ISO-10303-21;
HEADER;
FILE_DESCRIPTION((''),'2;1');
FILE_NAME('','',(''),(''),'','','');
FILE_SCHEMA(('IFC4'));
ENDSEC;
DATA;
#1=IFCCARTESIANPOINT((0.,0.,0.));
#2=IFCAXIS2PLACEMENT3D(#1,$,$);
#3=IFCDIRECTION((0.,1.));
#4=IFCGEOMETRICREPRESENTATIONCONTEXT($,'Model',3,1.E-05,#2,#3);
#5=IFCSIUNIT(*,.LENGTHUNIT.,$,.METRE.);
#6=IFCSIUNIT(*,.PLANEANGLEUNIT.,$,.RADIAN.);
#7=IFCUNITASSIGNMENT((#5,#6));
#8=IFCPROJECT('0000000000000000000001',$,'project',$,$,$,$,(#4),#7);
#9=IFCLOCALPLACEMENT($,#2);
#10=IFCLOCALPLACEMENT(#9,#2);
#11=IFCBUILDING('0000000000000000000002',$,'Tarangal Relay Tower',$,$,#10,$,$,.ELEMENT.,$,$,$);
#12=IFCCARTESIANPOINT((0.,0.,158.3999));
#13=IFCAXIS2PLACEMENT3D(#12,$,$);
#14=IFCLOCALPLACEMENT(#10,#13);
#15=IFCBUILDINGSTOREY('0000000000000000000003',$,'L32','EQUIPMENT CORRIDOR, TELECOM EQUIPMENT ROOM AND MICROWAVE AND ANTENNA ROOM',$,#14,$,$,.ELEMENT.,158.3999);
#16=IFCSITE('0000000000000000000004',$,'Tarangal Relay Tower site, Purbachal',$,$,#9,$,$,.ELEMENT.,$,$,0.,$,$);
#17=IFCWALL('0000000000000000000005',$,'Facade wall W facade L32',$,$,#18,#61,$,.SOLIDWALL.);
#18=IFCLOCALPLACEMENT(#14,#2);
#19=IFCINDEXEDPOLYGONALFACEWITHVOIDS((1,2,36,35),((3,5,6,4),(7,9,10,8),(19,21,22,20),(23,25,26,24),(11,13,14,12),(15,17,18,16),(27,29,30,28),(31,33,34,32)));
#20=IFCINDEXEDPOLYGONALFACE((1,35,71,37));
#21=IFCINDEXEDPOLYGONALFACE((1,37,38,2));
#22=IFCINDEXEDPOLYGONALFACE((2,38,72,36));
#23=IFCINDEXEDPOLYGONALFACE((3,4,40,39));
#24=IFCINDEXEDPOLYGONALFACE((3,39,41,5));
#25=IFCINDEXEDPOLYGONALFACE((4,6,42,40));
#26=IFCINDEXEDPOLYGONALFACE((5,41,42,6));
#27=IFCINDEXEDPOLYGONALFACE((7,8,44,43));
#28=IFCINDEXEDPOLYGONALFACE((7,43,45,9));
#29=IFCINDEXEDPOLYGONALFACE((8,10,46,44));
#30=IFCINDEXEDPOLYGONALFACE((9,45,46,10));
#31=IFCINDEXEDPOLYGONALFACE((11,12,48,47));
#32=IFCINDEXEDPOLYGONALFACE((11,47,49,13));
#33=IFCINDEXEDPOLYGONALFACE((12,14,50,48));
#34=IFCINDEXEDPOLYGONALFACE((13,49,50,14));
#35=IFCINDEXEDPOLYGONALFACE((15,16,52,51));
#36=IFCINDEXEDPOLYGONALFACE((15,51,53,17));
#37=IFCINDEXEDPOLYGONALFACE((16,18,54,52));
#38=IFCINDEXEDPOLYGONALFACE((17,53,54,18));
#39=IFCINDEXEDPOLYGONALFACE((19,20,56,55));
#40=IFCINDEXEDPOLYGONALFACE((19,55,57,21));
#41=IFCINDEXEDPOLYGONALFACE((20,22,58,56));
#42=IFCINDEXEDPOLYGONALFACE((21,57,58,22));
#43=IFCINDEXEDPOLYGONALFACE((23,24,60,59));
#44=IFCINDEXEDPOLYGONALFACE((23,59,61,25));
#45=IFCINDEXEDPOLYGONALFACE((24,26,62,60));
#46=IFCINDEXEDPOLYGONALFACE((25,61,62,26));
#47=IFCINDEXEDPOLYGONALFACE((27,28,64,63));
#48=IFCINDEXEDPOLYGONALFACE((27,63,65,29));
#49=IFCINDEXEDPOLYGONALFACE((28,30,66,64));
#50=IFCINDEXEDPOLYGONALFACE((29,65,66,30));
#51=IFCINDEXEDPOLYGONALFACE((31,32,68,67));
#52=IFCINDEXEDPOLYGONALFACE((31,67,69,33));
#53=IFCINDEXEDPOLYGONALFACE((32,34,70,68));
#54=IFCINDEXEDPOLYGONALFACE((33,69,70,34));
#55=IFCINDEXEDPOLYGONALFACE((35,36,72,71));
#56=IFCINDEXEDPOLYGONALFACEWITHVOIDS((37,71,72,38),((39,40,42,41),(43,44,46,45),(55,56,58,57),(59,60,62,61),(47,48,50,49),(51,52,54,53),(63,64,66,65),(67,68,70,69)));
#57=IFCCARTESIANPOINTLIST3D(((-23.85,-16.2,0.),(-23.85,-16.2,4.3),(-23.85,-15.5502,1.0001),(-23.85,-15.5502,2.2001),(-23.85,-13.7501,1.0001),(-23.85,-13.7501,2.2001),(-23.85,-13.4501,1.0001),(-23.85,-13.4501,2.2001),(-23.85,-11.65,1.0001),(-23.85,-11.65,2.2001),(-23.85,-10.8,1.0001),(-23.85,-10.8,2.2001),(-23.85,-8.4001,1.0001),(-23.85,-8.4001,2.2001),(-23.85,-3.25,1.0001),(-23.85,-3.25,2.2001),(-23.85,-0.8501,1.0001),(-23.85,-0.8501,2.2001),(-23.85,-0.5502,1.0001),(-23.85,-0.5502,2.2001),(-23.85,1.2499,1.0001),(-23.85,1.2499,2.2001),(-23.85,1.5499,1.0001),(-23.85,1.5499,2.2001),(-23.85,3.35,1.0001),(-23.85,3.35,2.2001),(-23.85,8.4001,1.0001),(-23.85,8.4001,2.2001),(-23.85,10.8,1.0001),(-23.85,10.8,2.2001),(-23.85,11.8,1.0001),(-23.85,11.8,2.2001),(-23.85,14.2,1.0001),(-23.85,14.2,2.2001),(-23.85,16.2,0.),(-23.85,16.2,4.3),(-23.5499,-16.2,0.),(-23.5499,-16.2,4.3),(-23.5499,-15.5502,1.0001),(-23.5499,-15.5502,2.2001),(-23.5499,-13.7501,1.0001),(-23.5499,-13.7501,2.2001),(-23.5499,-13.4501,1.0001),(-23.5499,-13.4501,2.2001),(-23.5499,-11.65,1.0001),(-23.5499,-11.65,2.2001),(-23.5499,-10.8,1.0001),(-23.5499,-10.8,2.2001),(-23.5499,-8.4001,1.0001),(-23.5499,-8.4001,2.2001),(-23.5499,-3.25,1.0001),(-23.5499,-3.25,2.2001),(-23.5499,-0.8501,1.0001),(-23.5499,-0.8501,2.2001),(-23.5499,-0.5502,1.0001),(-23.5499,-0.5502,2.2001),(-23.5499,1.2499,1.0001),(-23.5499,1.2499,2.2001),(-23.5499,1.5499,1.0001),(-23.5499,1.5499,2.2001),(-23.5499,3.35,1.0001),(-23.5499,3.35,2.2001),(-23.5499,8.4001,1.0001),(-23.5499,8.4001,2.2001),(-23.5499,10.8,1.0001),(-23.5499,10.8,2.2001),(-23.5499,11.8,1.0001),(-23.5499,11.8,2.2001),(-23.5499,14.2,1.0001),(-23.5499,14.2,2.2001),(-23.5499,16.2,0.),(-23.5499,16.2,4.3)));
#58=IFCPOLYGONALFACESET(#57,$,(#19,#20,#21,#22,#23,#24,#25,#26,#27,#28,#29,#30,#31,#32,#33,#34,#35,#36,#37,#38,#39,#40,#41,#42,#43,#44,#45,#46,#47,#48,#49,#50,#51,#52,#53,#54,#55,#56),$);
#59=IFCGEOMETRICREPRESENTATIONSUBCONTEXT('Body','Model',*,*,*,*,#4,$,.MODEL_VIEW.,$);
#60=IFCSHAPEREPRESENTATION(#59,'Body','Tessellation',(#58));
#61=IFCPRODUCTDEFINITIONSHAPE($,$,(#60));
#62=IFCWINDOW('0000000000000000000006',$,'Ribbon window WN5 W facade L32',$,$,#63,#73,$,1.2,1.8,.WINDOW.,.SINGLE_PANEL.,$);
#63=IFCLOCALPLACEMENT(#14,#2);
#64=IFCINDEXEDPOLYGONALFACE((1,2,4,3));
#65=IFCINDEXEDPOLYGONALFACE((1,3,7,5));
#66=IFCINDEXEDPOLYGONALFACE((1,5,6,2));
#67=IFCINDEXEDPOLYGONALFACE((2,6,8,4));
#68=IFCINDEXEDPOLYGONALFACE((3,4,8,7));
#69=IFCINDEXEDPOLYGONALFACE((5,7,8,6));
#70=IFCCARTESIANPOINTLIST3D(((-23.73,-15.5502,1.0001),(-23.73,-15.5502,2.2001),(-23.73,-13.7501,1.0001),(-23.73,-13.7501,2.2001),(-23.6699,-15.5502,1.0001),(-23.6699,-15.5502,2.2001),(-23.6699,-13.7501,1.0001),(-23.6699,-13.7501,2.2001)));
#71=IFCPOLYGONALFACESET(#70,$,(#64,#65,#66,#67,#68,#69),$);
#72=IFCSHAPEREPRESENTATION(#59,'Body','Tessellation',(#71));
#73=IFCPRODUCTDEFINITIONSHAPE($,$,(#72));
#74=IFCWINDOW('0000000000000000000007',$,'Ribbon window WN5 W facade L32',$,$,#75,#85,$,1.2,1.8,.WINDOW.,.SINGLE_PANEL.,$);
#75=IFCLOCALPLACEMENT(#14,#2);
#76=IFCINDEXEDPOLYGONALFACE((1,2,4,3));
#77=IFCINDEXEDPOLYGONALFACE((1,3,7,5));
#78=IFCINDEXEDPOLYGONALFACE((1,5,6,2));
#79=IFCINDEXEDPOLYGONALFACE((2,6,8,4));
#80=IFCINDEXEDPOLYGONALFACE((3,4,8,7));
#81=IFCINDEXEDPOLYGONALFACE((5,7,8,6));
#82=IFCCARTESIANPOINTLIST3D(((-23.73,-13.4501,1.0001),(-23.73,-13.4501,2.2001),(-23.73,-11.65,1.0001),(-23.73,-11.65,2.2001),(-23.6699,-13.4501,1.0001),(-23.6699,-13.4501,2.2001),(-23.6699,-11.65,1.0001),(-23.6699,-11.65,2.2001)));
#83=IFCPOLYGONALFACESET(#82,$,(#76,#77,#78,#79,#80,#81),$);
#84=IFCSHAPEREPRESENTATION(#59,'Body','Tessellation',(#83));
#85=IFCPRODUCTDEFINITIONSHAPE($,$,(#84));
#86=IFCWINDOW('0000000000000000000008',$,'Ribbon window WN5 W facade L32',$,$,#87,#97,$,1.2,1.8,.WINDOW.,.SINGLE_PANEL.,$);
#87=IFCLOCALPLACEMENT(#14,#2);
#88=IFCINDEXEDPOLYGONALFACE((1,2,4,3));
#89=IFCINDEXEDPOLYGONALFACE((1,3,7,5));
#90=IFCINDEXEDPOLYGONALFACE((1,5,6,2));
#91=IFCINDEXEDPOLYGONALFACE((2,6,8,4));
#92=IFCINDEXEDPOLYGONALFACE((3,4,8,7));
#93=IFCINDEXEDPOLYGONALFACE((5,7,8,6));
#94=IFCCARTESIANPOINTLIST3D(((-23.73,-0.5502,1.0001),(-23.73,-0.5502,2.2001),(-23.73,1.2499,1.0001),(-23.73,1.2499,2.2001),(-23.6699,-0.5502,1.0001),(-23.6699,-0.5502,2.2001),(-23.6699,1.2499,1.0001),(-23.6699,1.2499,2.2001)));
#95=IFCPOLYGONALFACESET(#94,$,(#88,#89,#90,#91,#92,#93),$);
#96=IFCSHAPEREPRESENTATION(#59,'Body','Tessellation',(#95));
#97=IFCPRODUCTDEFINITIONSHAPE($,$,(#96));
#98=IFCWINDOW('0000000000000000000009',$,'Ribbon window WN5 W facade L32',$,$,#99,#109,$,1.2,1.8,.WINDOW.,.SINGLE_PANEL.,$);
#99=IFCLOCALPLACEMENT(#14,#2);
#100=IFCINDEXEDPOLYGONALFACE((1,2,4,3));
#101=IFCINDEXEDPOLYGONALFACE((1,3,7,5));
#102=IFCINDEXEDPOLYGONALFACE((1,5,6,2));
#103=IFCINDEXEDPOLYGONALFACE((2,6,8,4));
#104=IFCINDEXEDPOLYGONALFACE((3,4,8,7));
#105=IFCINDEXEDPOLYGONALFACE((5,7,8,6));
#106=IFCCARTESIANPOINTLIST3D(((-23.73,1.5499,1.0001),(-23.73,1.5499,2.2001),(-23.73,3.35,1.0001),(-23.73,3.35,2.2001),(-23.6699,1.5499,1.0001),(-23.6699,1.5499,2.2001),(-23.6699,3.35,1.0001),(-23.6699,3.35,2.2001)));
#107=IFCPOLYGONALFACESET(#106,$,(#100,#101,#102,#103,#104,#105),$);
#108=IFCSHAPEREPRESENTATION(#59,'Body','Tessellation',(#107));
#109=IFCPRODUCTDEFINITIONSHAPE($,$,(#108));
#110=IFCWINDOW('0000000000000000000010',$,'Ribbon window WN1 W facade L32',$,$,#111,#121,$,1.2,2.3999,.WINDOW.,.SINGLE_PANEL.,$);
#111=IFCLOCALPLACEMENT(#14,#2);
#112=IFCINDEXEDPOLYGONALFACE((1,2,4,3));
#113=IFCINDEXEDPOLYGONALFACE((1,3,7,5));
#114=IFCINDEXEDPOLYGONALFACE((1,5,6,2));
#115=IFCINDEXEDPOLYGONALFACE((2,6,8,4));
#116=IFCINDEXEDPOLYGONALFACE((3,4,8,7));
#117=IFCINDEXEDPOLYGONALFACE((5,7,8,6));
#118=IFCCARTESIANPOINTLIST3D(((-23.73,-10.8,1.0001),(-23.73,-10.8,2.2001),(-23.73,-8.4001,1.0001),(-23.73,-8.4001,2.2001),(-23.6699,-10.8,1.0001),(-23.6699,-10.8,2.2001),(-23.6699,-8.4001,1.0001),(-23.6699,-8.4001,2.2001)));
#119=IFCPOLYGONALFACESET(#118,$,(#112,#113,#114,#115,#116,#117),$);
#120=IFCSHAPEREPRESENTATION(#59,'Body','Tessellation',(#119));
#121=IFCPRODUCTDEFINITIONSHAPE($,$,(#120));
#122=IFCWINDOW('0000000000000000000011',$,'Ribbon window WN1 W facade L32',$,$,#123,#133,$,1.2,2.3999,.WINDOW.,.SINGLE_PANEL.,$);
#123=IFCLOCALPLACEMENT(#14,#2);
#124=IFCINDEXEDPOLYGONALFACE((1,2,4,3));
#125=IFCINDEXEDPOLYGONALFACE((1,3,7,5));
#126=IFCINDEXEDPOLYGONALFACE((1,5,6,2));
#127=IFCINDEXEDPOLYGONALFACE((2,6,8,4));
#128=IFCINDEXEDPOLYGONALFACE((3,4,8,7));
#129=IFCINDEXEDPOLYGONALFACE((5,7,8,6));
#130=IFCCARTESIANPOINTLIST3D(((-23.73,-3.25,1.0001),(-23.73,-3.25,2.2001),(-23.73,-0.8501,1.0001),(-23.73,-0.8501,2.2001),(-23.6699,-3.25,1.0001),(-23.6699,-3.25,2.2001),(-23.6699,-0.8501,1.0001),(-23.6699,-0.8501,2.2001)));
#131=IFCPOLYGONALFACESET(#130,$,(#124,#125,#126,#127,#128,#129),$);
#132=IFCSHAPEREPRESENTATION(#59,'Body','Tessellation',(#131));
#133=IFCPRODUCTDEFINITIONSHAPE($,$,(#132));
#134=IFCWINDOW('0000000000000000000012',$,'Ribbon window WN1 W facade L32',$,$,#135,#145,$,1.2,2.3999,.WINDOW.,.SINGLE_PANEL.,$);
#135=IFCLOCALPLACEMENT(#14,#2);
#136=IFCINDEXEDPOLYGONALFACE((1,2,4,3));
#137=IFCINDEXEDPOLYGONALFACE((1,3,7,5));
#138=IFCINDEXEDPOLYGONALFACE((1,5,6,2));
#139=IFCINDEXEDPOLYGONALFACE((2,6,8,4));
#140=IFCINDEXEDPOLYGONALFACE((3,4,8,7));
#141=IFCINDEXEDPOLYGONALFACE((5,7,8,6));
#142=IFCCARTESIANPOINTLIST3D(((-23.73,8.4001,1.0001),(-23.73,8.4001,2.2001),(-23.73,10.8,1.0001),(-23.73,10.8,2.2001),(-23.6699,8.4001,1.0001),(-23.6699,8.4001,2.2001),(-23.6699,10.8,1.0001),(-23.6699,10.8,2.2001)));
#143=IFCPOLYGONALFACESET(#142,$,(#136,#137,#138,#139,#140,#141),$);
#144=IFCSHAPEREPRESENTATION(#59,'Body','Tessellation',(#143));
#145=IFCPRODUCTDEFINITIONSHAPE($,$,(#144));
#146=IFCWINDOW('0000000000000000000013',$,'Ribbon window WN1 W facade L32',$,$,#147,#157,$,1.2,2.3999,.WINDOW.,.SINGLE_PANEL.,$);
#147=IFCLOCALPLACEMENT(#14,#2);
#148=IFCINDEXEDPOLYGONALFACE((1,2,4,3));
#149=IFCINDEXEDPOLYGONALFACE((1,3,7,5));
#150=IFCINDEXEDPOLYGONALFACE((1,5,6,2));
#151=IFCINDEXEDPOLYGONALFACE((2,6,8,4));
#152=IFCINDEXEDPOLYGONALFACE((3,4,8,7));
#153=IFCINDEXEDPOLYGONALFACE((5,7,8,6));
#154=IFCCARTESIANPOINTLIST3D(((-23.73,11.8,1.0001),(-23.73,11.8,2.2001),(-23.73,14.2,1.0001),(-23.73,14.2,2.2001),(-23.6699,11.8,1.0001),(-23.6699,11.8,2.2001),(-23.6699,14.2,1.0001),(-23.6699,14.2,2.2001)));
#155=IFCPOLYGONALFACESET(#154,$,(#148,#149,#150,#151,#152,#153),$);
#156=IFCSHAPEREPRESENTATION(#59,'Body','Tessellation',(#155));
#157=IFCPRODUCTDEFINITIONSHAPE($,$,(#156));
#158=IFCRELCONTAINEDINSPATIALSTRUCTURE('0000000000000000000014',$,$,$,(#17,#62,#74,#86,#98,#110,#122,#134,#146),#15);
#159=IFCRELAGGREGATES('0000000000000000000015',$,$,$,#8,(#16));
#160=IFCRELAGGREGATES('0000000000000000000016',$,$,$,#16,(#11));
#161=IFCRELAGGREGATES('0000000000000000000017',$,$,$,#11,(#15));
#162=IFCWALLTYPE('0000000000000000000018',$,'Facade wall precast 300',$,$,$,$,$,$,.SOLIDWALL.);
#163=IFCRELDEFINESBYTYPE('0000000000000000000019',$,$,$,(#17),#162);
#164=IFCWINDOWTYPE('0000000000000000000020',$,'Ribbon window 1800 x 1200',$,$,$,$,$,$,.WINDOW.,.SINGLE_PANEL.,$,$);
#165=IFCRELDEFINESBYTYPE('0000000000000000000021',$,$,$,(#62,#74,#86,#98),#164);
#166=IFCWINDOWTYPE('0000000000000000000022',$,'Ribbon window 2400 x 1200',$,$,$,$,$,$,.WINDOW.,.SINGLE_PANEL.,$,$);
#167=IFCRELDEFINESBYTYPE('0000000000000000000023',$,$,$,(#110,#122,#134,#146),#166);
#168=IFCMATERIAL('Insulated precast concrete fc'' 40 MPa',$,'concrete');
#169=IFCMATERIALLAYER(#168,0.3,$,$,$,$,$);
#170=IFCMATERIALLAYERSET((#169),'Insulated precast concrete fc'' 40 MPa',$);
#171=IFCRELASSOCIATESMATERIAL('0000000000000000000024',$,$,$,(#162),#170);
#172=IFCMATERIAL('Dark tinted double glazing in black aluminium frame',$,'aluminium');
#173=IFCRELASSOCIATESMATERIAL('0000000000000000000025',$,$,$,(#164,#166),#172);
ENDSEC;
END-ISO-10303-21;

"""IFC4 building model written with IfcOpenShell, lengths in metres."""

from ifc_helpers import new_model, si_unit, direction, frame, frame_2d, origin, place, context, subcontext, project, spatial, rectangle, extrude, material, layer, layer_set, type_object, element, fill, save


model = new_model("IFC4")

# Units and contexts
model_context = context("Model", 3, precision=1e-05, world=origin(), true_north=direction((0.0, 1.0)))
body_context = subcontext(model_context, "Body", "Model", "MODEL_VIEW")
ifc_project = project(units=[si_unit("LENGTHUNIT", "METRE"), si_unit("PLANEANGLEUNIT", "RADIAN")], contexts=[model_context])

# Site, building, storey
site_placement = place(None, origin())
site = spatial("IfcSite", under=ifc_project, at=site_placement, Name="Tarangal Relay Tower site, Purbachal", CompositionType="ELEMENT", RefElevation=0.0)
building_placement = place(site_placement, origin())
building = spatial("IfcBuilding", under=site, at=building_placement, Name="Tarangal Relay Tower", CompositionType="ELEMENT")
storey_placement = place(building_placement, frame((0.0, 0.0, 158.3999)))
storey = spatial("IfcBuildingStorey", under=building, at=storey_placement, Name="L32", Description="EQUIPMENT CORRIDOR, TELECOM EQUIPMENT ROOM AND MICROWAVE AND ANTENNA ROOM", CompositionType="ELEMENT", Elevation=158.3999)

# Shared definitions
ifc_material_1 = material(Name="Insulated precast concrete fc' 40 MPa", Category="concrete")
ifc_layer = layer(ifc_material_1, 0.3)
ifc_layer_set = layer_set([ifc_layer], Name="Insulated precast concrete fc' 40 MPa")
wall_type = type_object("IfcWallType", Name="Facade wall precast 300", PredefinedType="SOLIDWALL", material=ifc_layer_set)

# Wall, openings, windows
wall_placement = place(storey_placement, frame((-23.7, -16.2, 0.0), z_axis=(0.0, 0.0, 1.0), x_axis=(0.0, 1.0, 0.0)))
wall = element("IfcWall", 1, at=wall_placement, inside=storey, type_object=wall_type, Name="Facade wall W facade L32", PredefinedType="SOLIDWALL", context=body_context, shape_type="SweptSolid", body=[
    extrude(rectangle(XDim=32.3999, YDim=0.3, at=frame_2d((16.2, 0.0))), origin(), (0.0, 0.0, 1.0), 4.3),
])
opening_1_placement = place(wall_placement, frame((0.6499, 0.0, 1.0)))
opening_1 = element("IfcOpeningElement", 2, at=opening_1_placement, cuts=wall, PredefinedType="OPENING", context=body_context, shape_type="SweptSolid", body=[
    extrude(rectangle(XDim=1.8, YDim=1.2, at=frame_2d((0.8999, 0.6001))), frame((0.0, 0.1599, 0.0), z_axis=(0.0, -1.0, 0.0), x_axis=(1.0, 0.0, 0.0)), (0.0, 0.0, 1.0), 0.3201),
])
opening_2_placement = place(wall_placement, frame((2.75, 0.0, 1.0)))
opening_2 = element("IfcOpeningElement", 3, at=opening_2_placement, cuts=wall, PredefinedType="OPENING", context=body_context, shape_type="SweptSolid", body=[
    extrude(rectangle(XDim=1.8, YDim=1.2, at=frame_2d((0.8999, 0.6001))), frame((0.0, 0.1599, 0.0), z_axis=(0.0, -1.0, 0.0), x_axis=(1.0, 0.0, 0.0)), (0.0, 0.0, 1.0), 0.3201),
])
opening_3_placement = place(wall_placement, frame((5.3999, 0.0, 1.0)))
opening_3 = element("IfcOpeningElement", 4, at=opening_3_placement, cuts=wall, PredefinedType="OPENING", context=body_context, shape_type="SweptSolid", body=[
    extrude(rectangle(XDim=2.3999, YDim=1.2, at=frame_2d((1.2, 0.6001))), frame((0.0, 0.1599, 0.0), z_axis=(0.0, -1.0, 0.0), x_axis=(1.0, 0.0, 0.0)), (0.0, 0.0, 1.0), 0.3201),
])
opening_4_placement = place(wall_placement, frame((12.95, 0.0, 1.0)))
opening_4 = element("IfcOpeningElement", 5, at=opening_4_placement, cuts=wall, PredefinedType="OPENING", context=body_context, shape_type="SweptSolid", body=[
    extrude(rectangle(XDim=2.3999, YDim=1.2, at=frame_2d((1.2, 0.6001))), frame((0.0, 0.1599, 0.0), z_axis=(0.0, -1.0, 0.0), x_axis=(1.0, 0.0, 0.0)), (0.0, 0.0, 1.0), 0.3201),
])
opening_5_placement = place(wall_placement, frame((15.6499, 0.0, 1.0)))
opening_5 = element("IfcOpeningElement", 6, at=opening_5_placement, cuts=wall, PredefinedType="OPENING", context=body_context, shape_type="SweptSolid", body=[
    extrude(rectangle(XDim=1.8, YDim=1.2, at=frame_2d((0.8999, 0.6001))), frame((0.0, 0.1599, 0.0), z_axis=(0.0, -1.0, 0.0), x_axis=(1.0, 0.0, 0.0)), (0.0, 0.0, 1.0), 0.3201),
])
opening_6_placement = place(wall_placement, frame((17.75, 0.0, 1.0)))
opening_6 = element("IfcOpeningElement", 7, at=opening_6_placement, cuts=wall, PredefinedType="OPENING", context=body_context, shape_type="SweptSolid", body=[
    extrude(rectangle(XDim=1.8, YDim=1.2, at=frame_2d((0.8999, 0.6001))), frame((0.0, 0.1599, 0.0), z_axis=(0.0, -1.0, 0.0), x_axis=(1.0, 0.0, 0.0)), (0.0, 0.0, 1.0), 0.3201),
])
opening_7_placement = place(wall_placement, frame((24.6001, 0.0, 1.0)))
opening_7 = element("IfcOpeningElement", 8, at=opening_7_placement, cuts=wall, PredefinedType="OPENING", context=body_context, shape_type="SweptSolid", body=[
    extrude(rectangle(XDim=2.3999, YDim=1.2, at=frame_2d((1.2, 0.6001))), frame((0.0, 0.1599, 0.0), z_axis=(0.0, -1.0, 0.0), x_axis=(1.0, 0.0, 0.0)), (0.0, 0.0, 1.0), 0.3201),
])
opening_8_placement = place(wall_placement, frame((28.0, 0.0, 1.0)))
opening_8 = element("IfcOpeningElement", 9, at=opening_8_placement, cuts=wall, PredefinedType="OPENING", context=body_context, shape_type="SweptSolid", body=[
    extrude(rectangle(XDim=2.3999, YDim=1.2, at=frame_2d((1.2, 0.6001))), frame((0.0, 0.1599, 0.0), z_axis=(0.0, -1.0, 0.0), x_axis=(1.0, 0.0, 0.0)), (0.0, 0.0, 1.0), 0.3201),
])
ifc_material_2 = material(Name="Dark tinted double glazing in black aluminium frame", Category="aluminium")
window_type_1 = type_object("IfcWindowType", Name="Ribbon window 1800 x 1200", PartitioningType="SINGLE_PANEL", PredefinedType="WINDOW", material=ifc_material_2)
window_1_placement = place(opening_1_placement, origin())
window_1 = element("IfcWindow", 10, at=window_1_placement, inside=storey, type_object=window_type_1, Name="Ribbon window WN5 W facade L32", OverallHeight=1.2, OverallWidth=1.8, PartitioningType="SINGLE_PANEL", PredefinedType="WINDOW", context=body_context, shape_type="SweptSolid", body=[
    extrude(rectangle(XDim=1.8, YDim=1.2, at=frame_2d((0.8999, 0.6001))), frame((0.0, 0.03, 0.0), z_axis=(0.0, -1.0, 0.0), x_axis=(1.0, 0.0, 0.0)), (0.0, 0.0, 1.0), 0.0601),
])
fill(opening_1, window_1)
window_2_placement = place(opening_2_placement, origin())
window_2 = element("IfcWindow", 11, at=window_2_placement, inside=storey, type_object=window_type_1, Name="Ribbon window WN5 W facade L32", OverallHeight=1.2, OverallWidth=1.8, PartitioningType="SINGLE_PANEL", PredefinedType="WINDOW", context=body_context, shape_type="SweptSolid", body=[
    extrude(rectangle(XDim=1.8, YDim=1.2, at=frame_2d((0.8999, 0.6001))), frame((0.0, 0.03, 0.0), z_axis=(0.0, -1.0, 0.0), x_axis=(1.0, 0.0, 0.0)), (0.0, 0.0, 1.0), 0.0601),
])
fill(opening_2, window_2)
window_3_placement = place(opening_5_placement, origin())
window_3 = element("IfcWindow", 12, at=window_3_placement, inside=storey, type_object=window_type_1, Name="Ribbon window WN5 W facade L32", OverallHeight=1.2, OverallWidth=1.8, PartitioningType="SINGLE_PANEL", PredefinedType="WINDOW", context=body_context, shape_type="SweptSolid", body=[
    extrude(rectangle(XDim=1.8, YDim=1.2, at=frame_2d((0.8999, 0.6001))), frame((0.0, 0.03, 0.0), z_axis=(0.0, -1.0, 0.0), x_axis=(1.0, 0.0, 0.0)), (0.0, 0.0, 1.0), 0.0601),
])
fill(opening_5, window_3)
window_4_placement = place(opening_6_placement, origin())
window_4 = element("IfcWindow", 13, at=window_4_placement, inside=storey, type_object=window_type_1, Name="Ribbon window WN5 W facade L32", OverallHeight=1.2, OverallWidth=1.8, PartitioningType="SINGLE_PANEL", PredefinedType="WINDOW", context=body_context, shape_type="SweptSolid", body=[
    extrude(rectangle(XDim=1.8, YDim=1.2, at=frame_2d((0.8999, 0.6001))), frame((0.0, 0.03, 0.0), z_axis=(0.0, -1.0, 0.0), x_axis=(1.0, 0.0, 0.0)), (0.0, 0.0, 1.0), 0.0601),
])
fill(opening_6, window_4)
window_type_2 = type_object("IfcWindowType", Name="Ribbon window 2400 x 1200", PartitioningType="SINGLE_PANEL", PredefinedType="WINDOW", material=ifc_material_2)
window_5_placement = place(opening_3_placement, origin())
window_5 = element("IfcWindow", 14, at=window_5_placement, inside=storey, type_object=window_type_2, Name="Ribbon window WN1 W facade L32", OverallHeight=1.2, OverallWidth=2.3999, PartitioningType="SINGLE_PANEL", PredefinedType="WINDOW", context=body_context, shape_type="SweptSolid", body=[
    extrude(rectangle(XDim=2.3999, YDim=1.2, at=frame_2d((1.2, 0.6001))), frame((0.0, 0.03, 0.0), z_axis=(0.0, -1.0, 0.0), x_axis=(1.0, 0.0, 0.0)), (0.0, 0.0, 1.0), 0.0601),
])
fill(opening_3, window_5)
window_6_placement = place(opening_4_placement, origin())
window_6 = element("IfcWindow", 15, at=window_6_placement, inside=storey, type_object=window_type_2, Name="Ribbon window WN1 W facade L32", OverallHeight=1.2, OverallWidth=2.3999, PartitioningType="SINGLE_PANEL", PredefinedType="WINDOW", context=body_context, shape_type="SweptSolid", body=[
    extrude(rectangle(XDim=2.3999, YDim=1.2, at=frame_2d((1.2, 0.6001))), frame((0.0, 0.03, 0.0), z_axis=(0.0, -1.0, 0.0), x_axis=(1.0, 0.0, 0.0)), (0.0, 0.0, 1.0), 0.0601),
])
fill(opening_4, window_6)
window_7_placement = place(opening_7_placement, origin())
window_7 = element("IfcWindow", 16, at=window_7_placement, inside=storey, type_object=window_type_2, Name="Ribbon window WN1 W facade L32", OverallHeight=1.2, OverallWidth=2.3999, PartitioningType="SINGLE_PANEL", PredefinedType="WINDOW", context=body_context, shape_type="SweptSolid", body=[
    extrude(rectangle(XDim=2.3999, YDim=1.2, at=frame_2d((1.2, 0.6001))), frame((0.0, 0.03, 0.0), z_axis=(0.0, -1.0, 0.0), x_axis=(1.0, 0.0, 0.0)), (0.0, 0.0, 1.0), 0.0601),
])
fill(opening_7, window_7)
window_8_placement = place(opening_8_placement, origin())
window_8 = element("IfcWindow", 17, at=window_8_placement, inside=storey, type_object=window_type_2, Name="Ribbon window WN1 W facade L32", OverallHeight=1.2, OverallWidth=2.3999, PartitioningType="SINGLE_PANEL", PredefinedType="WINDOW", context=body_context, shape_type="SweptSolid", body=[
    extrude(rectangle(XDim=2.3999, YDim=1.2, at=frame_2d((1.2, 0.6001))), frame((0.0, 0.03, 0.0), z_axis=(0.0, -1.0, 0.0), x_axis=(1.0, 0.0, 0.0)), (0.0, 0.0, 1.0), 0.0601),
])
fill(opening_8, window_8)

save(model, "model.ifc")
